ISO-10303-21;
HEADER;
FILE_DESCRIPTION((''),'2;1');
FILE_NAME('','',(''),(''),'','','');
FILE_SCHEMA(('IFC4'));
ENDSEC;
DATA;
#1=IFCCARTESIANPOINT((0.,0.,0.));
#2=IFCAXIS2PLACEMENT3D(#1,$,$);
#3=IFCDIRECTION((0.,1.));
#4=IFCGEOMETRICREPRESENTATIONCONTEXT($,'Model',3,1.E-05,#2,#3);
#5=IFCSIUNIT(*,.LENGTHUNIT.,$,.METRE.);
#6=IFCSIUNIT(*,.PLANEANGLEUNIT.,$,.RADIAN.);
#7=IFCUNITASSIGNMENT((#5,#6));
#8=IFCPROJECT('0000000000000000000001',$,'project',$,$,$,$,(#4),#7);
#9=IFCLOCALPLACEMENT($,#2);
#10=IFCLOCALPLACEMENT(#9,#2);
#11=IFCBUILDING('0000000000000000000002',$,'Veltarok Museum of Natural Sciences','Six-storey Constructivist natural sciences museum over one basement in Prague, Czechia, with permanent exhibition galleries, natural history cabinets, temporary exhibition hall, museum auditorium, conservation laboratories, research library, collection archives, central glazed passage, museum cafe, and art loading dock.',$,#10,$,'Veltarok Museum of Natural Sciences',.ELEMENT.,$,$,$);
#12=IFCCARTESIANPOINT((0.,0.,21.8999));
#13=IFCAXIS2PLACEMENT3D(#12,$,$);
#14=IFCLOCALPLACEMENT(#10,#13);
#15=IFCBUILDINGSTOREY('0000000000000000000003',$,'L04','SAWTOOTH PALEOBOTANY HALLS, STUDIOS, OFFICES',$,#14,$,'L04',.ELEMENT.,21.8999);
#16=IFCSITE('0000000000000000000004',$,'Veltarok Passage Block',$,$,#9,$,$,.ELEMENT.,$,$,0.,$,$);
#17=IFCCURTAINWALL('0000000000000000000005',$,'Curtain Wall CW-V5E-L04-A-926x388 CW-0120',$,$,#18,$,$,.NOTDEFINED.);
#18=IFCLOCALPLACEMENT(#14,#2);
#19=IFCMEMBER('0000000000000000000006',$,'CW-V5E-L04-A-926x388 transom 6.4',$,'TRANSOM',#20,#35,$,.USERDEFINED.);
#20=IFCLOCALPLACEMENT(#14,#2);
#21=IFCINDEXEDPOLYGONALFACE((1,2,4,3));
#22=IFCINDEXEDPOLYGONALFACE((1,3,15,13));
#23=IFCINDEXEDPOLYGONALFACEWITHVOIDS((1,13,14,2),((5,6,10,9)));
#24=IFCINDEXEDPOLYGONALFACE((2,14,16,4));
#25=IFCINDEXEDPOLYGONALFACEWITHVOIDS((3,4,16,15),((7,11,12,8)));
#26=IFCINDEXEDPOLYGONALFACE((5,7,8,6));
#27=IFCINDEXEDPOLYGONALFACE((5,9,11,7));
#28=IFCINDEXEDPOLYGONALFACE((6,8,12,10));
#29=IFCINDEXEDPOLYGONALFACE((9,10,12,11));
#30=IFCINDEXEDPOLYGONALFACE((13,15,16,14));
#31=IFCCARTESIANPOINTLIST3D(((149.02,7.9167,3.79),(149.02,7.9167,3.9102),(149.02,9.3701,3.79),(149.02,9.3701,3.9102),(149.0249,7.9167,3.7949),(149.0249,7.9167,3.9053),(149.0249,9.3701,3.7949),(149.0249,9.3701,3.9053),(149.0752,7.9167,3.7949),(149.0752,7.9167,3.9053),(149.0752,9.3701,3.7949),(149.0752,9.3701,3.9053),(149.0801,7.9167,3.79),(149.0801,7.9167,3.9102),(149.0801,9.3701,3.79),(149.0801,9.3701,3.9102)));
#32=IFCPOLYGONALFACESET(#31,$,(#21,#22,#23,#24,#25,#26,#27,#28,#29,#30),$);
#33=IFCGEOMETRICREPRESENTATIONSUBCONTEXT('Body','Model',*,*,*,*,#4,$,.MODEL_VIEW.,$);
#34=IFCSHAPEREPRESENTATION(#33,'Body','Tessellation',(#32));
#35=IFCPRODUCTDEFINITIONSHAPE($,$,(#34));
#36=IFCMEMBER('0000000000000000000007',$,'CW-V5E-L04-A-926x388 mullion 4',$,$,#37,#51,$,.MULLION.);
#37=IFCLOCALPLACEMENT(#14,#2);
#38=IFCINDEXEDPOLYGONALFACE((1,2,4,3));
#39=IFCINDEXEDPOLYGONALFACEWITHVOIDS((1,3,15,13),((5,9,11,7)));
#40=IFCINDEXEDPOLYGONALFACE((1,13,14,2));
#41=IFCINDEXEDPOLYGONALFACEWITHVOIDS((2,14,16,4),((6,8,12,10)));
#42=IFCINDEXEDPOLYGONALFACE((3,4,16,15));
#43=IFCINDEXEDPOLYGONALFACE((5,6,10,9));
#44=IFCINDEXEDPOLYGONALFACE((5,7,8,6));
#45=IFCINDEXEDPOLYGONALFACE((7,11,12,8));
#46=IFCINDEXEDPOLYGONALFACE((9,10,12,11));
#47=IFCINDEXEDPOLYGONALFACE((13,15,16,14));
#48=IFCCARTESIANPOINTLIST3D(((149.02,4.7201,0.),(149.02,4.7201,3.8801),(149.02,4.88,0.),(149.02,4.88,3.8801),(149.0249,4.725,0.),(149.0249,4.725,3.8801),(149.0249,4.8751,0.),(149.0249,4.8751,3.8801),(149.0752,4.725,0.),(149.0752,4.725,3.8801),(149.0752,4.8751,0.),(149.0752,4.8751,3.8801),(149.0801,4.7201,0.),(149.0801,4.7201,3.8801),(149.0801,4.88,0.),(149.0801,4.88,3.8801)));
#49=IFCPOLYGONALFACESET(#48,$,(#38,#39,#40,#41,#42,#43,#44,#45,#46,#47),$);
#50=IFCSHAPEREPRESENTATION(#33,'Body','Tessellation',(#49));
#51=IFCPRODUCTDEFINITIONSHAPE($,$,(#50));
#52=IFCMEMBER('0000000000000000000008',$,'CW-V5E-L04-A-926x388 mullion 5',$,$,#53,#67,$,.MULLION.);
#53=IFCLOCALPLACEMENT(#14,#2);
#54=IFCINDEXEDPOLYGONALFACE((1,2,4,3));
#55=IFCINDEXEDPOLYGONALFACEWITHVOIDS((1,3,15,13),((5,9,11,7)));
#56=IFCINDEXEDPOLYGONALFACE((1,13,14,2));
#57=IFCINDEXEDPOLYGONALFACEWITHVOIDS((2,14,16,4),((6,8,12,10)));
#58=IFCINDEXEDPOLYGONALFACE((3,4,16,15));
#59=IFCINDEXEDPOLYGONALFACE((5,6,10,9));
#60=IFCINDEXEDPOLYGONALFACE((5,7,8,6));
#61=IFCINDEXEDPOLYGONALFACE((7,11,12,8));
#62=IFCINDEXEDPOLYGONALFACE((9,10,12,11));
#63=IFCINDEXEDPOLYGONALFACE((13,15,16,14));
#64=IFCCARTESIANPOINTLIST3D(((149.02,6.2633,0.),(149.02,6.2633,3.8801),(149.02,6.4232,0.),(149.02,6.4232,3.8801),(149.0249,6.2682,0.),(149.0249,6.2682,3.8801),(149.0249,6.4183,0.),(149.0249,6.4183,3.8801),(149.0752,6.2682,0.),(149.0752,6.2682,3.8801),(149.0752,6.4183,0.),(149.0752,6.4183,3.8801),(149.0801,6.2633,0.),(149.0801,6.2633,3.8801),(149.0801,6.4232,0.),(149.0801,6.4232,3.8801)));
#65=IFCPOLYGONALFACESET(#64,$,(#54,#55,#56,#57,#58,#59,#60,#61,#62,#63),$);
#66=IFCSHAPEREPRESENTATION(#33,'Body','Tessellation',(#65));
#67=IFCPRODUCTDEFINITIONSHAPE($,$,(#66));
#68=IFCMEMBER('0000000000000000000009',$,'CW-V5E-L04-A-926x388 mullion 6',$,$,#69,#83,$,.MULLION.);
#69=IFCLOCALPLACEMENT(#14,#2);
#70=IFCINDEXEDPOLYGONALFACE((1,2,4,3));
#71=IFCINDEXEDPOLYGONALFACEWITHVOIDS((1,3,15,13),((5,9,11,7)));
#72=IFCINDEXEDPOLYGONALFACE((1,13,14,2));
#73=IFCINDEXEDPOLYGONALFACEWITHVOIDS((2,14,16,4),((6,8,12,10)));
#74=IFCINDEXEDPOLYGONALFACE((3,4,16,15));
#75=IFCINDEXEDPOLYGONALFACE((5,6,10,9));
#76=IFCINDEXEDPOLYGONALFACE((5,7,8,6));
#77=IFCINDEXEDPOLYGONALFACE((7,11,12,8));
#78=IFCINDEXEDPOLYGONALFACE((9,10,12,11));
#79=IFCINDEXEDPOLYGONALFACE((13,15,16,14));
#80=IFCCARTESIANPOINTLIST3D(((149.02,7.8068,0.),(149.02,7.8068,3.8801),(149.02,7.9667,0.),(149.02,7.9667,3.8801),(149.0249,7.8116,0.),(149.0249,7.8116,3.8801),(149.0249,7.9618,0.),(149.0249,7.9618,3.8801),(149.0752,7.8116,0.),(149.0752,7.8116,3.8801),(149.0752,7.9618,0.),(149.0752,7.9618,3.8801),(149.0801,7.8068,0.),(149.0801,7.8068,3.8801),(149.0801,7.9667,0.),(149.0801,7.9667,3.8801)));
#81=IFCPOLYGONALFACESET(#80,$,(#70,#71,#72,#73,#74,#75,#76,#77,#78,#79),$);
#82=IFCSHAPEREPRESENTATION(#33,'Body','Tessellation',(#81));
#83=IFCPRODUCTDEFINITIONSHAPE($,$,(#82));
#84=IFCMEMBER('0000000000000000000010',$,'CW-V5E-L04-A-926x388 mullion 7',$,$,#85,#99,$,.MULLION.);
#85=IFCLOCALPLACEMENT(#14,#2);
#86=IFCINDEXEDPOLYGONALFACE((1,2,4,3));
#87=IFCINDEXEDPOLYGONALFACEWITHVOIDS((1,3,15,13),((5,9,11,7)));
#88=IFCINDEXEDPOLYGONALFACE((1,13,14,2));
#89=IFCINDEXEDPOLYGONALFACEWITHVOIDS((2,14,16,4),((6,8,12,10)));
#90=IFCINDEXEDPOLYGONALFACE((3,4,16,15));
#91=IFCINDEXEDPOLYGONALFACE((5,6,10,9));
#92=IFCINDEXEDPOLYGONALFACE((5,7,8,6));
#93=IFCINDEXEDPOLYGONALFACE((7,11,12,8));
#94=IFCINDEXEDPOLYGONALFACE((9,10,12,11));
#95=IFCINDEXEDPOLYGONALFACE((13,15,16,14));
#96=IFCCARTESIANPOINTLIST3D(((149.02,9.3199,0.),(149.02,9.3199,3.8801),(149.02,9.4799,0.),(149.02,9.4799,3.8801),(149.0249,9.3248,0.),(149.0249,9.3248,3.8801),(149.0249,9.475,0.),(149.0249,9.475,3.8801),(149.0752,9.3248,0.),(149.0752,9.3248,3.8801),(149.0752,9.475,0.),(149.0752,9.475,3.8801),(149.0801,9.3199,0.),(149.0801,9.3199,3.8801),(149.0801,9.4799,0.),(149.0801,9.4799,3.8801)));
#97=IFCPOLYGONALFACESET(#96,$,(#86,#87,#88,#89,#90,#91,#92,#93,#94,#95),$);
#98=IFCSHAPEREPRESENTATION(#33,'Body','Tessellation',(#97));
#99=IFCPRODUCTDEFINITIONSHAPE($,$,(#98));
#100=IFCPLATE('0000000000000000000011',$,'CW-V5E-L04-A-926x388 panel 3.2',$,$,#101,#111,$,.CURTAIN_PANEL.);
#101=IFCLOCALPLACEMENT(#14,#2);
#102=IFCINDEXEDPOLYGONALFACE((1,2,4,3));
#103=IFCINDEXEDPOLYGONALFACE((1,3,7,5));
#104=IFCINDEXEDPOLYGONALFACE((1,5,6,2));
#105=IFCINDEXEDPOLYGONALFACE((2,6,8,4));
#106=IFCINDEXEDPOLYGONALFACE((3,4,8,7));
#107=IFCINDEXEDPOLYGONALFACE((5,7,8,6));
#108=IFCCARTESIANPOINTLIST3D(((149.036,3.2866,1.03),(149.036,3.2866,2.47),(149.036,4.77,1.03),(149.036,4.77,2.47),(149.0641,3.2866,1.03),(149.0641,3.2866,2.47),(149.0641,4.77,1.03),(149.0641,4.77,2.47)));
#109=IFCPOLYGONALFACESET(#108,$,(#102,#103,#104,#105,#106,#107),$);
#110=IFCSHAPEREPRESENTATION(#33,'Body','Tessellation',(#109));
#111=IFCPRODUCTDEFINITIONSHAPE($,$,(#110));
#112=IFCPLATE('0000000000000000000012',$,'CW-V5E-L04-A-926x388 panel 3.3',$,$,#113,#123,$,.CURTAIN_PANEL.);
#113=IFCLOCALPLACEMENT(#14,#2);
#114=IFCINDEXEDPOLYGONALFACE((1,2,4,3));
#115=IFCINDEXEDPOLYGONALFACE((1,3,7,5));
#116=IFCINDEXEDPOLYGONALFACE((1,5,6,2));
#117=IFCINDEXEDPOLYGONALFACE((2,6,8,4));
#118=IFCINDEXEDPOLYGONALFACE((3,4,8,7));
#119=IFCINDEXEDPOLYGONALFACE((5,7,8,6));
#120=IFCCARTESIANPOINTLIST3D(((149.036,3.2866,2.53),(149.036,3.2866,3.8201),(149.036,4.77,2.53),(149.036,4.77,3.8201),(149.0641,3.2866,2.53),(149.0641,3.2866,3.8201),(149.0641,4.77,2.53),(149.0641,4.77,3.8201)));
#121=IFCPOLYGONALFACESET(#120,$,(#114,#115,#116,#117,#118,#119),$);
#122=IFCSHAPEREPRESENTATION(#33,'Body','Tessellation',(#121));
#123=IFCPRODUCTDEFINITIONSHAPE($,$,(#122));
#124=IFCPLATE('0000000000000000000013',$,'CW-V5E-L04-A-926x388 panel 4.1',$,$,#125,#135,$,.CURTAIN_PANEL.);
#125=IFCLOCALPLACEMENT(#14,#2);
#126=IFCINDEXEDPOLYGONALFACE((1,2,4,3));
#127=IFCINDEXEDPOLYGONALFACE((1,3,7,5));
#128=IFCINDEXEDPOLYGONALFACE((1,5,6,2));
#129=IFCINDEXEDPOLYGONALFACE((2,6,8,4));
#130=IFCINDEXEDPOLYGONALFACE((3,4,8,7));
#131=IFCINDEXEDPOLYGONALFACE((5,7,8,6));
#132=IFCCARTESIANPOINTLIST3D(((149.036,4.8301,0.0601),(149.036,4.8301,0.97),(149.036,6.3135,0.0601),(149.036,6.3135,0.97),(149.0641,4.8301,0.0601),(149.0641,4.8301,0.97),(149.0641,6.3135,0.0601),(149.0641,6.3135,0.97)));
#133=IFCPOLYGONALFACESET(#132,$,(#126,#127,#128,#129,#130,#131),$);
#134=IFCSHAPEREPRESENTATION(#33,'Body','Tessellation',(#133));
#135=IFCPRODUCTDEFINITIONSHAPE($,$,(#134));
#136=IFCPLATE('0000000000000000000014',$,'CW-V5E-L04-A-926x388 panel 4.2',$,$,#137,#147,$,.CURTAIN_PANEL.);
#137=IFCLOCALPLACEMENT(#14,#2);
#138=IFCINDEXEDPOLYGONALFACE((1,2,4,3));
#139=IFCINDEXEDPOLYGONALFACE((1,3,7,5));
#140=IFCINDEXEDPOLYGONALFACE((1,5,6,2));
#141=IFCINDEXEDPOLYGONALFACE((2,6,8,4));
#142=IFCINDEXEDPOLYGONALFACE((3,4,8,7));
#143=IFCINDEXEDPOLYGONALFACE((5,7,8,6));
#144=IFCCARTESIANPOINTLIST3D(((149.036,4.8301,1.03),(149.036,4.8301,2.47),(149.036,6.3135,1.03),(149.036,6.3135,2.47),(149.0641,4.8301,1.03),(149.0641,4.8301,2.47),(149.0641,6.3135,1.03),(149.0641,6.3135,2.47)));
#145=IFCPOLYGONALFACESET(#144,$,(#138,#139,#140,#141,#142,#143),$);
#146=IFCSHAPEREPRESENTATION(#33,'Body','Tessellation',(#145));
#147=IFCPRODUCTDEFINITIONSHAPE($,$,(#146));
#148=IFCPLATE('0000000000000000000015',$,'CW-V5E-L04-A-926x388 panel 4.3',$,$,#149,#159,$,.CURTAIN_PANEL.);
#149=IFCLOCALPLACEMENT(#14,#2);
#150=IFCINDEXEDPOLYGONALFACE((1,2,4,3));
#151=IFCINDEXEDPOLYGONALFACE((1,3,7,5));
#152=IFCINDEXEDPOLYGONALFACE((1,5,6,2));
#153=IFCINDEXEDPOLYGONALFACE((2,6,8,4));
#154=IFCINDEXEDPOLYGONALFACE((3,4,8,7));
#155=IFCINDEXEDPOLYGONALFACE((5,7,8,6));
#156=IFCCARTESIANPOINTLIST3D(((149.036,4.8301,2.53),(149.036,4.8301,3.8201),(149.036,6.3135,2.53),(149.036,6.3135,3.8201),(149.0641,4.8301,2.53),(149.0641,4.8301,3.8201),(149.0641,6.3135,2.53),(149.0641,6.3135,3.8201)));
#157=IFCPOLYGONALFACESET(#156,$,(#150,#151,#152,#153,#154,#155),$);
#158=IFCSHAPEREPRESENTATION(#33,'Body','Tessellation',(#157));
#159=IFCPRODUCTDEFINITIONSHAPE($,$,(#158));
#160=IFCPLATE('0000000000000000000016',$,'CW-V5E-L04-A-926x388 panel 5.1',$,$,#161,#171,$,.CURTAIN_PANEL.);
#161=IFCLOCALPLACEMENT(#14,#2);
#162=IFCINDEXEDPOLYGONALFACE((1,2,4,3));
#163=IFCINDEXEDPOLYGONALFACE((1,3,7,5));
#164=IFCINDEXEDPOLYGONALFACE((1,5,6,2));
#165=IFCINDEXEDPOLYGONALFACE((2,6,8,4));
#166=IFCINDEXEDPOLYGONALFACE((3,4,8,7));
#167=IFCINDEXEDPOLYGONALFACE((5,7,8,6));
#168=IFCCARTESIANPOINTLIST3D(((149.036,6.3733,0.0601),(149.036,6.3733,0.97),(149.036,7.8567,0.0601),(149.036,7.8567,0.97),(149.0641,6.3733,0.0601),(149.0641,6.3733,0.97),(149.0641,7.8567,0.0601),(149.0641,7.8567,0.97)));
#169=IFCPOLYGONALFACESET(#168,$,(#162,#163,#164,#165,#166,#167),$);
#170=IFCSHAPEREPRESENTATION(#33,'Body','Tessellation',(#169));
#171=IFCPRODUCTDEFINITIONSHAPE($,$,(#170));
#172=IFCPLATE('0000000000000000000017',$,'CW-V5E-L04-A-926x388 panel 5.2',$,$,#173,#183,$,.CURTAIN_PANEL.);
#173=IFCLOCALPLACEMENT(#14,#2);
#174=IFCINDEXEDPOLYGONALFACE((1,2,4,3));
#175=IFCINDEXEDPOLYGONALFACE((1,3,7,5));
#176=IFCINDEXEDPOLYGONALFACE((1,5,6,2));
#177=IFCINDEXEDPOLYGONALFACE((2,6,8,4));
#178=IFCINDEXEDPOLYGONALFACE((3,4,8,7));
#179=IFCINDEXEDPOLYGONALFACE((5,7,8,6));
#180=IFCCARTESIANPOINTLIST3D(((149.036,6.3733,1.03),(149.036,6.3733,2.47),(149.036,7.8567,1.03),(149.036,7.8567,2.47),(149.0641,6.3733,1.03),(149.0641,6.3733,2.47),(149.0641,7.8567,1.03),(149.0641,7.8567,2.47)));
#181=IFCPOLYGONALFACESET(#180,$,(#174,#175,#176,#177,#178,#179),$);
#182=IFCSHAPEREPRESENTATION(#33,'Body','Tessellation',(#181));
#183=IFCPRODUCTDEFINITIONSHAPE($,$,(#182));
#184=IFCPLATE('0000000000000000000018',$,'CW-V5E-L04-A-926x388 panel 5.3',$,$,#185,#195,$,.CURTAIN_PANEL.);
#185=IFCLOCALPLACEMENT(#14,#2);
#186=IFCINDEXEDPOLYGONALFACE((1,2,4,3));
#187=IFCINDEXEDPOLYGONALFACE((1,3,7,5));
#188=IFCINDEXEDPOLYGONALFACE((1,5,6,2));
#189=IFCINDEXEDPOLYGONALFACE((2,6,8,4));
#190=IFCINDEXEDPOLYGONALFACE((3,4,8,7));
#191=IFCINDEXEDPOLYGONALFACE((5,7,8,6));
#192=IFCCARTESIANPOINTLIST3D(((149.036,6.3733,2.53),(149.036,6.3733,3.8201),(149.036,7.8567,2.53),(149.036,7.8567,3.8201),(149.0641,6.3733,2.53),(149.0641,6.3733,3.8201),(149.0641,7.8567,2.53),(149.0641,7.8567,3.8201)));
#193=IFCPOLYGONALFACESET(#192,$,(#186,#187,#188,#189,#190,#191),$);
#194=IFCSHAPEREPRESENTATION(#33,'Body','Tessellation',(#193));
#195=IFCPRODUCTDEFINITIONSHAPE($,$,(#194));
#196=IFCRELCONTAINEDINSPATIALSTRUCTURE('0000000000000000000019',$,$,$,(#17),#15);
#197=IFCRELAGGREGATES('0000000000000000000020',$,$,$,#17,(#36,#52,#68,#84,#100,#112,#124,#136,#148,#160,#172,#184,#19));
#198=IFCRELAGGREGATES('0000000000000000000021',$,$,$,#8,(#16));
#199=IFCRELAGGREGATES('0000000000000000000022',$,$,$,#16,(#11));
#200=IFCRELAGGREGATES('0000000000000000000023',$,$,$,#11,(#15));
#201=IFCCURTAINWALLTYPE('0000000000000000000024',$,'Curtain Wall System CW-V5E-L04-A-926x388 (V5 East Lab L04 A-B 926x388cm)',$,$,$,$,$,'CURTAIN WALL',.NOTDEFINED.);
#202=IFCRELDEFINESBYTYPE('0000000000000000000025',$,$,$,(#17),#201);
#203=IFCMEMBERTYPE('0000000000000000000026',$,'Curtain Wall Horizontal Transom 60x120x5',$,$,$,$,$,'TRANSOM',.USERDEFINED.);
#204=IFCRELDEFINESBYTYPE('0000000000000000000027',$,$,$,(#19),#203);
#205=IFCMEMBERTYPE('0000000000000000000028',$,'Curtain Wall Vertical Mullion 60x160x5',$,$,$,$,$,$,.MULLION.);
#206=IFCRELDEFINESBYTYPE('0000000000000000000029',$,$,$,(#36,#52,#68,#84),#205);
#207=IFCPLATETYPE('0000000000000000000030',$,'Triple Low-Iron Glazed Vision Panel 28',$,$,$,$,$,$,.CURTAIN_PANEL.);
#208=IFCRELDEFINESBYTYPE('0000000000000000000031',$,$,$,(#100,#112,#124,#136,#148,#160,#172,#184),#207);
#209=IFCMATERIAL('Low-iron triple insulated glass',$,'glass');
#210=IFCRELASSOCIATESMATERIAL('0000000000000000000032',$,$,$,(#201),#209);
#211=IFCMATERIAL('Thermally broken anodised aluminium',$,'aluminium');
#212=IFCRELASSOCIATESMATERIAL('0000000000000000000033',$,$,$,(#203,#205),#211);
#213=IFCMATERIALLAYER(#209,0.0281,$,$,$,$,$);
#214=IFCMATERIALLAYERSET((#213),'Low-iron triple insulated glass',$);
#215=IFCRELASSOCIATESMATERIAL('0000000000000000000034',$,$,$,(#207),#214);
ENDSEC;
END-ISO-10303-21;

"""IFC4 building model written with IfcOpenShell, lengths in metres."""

from ifc_helpers import new_model, si_unit, direction, frame, origin, origin_2d, place, context, subcontext, project, spatial, rectangle, hollow_rectangle, extrude, material, layer, layer_set, material_profile, profile_set, type_object, element, aggregate, save


model = new_model("IFC4")

# Units and contexts
model_context = context("Model", 3, precision=1e-05, world=origin(), true_north=direction((0.0, 1.0)))
body_context = subcontext(model_context, "Body", "Model", "MODEL_VIEW")
ifc_project = project(units=[si_unit("LENGTHUNIT", "METRE"), si_unit("PLANEANGLEUNIT", "RADIAN")], contexts=[model_context])

# Site, building, storey
site_placement = place(None, origin())
site = spatial("IfcSite", under=ifc_project, at=site_placement, Name="Veltarok Passage Block", CompositionType="ELEMENT", RefElevation=0.0)
building_placement = place(site_placement, origin())
building = spatial("IfcBuilding", under=site, at=building_placement, Name="Veltarok Museum of Natural Sciences", Description="Six-storey Constructivist natural sciences museum over one basement in Prague, Czechia, with permanent exhibition galleries, natural history cabinets, temporary exhibition hall, museum auditorium, conservation laboratories, research library, collection archives, central glazed passage, museum cafe, and art loading dock.", LongName="Veltarok Museum of Natural Sciences", CompositionType="ELEMENT")
storey_placement = place(building_placement, frame((0.0, 0.0, 21.8999)))
storey = spatial("IfcBuildingStorey", under=building, at=storey_placement, Name="L04", Description="SAWTOOTH PALEOBOTANY HALLS, STUDIOS, OFFICES", LongName="L04", CompositionType="ELEMENT", Elevation=21.8999)

# Curtain wall, members, plates
ifc_material_1 = material(Name="Low-iron triple insulated glass", Category="glass")
curtain_wall_type = type_object("IfcCurtainWallType", Name="Curtain Wall System CW-V5E-L04-A-926x388 (V5 East Lab L04 A-B 926x388cm)", ElementType="CURTAIN WALL", PredefinedType="NOTDEFINED", material=ifc_material_1)
curtain_wall_placement = place(storey_placement, origin())
curtain_wall = element("IfcCurtainWall", 1, at=curtain_wall_placement, inside=storey, type_object=curtain_wall_type, Name="Curtain Wall CW-V5E-L04-A-926x388 CW-0120", PredefinedType="NOTDEFINED")
ifc_material_2 = material(Name="Thermally broken anodised aluminium", Category="aluminium")
ifc_material_profile_1 = material_profile(ifc_material_2, hollow_rectangle(XDim=0.0601, YDim=0.1201, WallThickness=0.0049, at=origin_2d()), Name="CW TRANSOM 60x120x5")
ifc_profile_set_1 = profile_set([ifc_material_profile_1], Name="Thermally broken anodised aluminium")
member_type_1 = type_object("IfcMemberType", Name="Curtain Wall Horizontal Transom 60x120x5", ElementType="TRANSOM", PredefinedType="USERDEFINED", material=ifc_profile_set_1)
member_1_placement = place(storey_placement, frame((149.05, 7.9167, 3.8501), z_axis=(0.0, 1.0, 0.0), x_axis=(-1.0, 0.0, 0.0)))
member_1 = element("IfcMember", 2, at=member_1_placement, type_object=member_type_1, Name="CW-V5E-L04-A-926x388 transom 6.4", ObjectType="TRANSOM", PredefinedType="USERDEFINED", context=body_context, shape_type="SweptSolid", body=[
    extrude(hollow_rectangle(XDim=0.0601, YDim=0.1201, WallThickness=0.0049, at=origin_2d()), origin(), (0.0, 0.0, 1.0), 1.4534),
])
ifc_material_profile_2 = material_profile(ifc_material_2, hollow_rectangle(XDim=0.0601, YDim=0.1599, WallThickness=0.0049, at=origin_2d()), Name="CW MULLION 60x160x5")
ifc_profile_set_2 = profile_set([ifc_material_profile_2], Name="Thermally broken anodised aluminium")
member_type_2 = type_object("IfcMemberType", Name="Curtain Wall Vertical Mullion 60x160x5", PredefinedType="MULLION", material=ifc_profile_set_2)
member_2_placement = place(storey_placement, frame((149.05, 4.8, 0.0), z_axis=(0.0, 0.0, 1.0), x_axis=(-1.0, 0.0, 0.0)))
member_2 = element("IfcMember", 3, at=member_2_placement, type_object=member_type_2, Name="CW-V5E-L04-A-926x388 mullion 4", PredefinedType="MULLION", context=body_context, shape_type="SweptSolid", body=[
    extrude(hollow_rectangle(XDim=0.0601, YDim=0.1599, WallThickness=0.0049, at=origin_2d()), origin(), (0.0, 0.0, 1.0), 3.8801),
])
member_3_placement = place(storey_placement, frame((149.05, 6.3433, 0.0), z_axis=(0.0, 0.0, 1.0), x_axis=(-1.0, 0.0, 0.0)))
member_3 = element("IfcMember", 4, at=member_3_placement, type_object=member_type_2, Name="CW-V5E-L04-A-926x388 mullion 5", PredefinedType="MULLION", context=body_context, shape_type="SweptSolid", body=[
    extrude(hollow_rectangle(XDim=0.0601, YDim=0.1599, WallThickness=0.0049, at=origin_2d()), origin(), (0.0, 0.0, 1.0), 3.8801),
])
member_4_placement = place(storey_placement, frame((149.05, 7.8867, 0.0), z_axis=(0.0, 0.0, 1.0), x_axis=(-1.0, 0.0, 0.0)))
member_4 = element("IfcMember", 5, at=member_4_placement, type_object=member_type_2, Name="CW-V5E-L04-A-926x388 mullion 6", PredefinedType="MULLION", context=body_context, shape_type="SweptSolid", body=[
    extrude(hollow_rectangle(XDim=0.0601, YDim=0.1599, WallThickness=0.0049, at=origin_2d()), origin(), (0.0, 0.0, 1.0), 3.8801),
])
member_5_placement = place(storey_placement, frame((149.05, 9.3999, 0.0), z_axis=(0.0, 0.0, 1.0), x_axis=(-1.0, 0.0, 0.0)))
member_5 = element("IfcMember", 6, at=member_5_placement, type_object=member_type_2, Name="CW-V5E-L04-A-926x388 mullion 7", PredefinedType="MULLION", context=body_context, shape_type="SweptSolid", body=[
    extrude(hollow_rectangle(XDim=0.0601, YDim=0.1599, WallThickness=0.0049, at=origin_2d()), origin(), (0.0, 0.0, 1.0), 3.8801),
])
ifc_layer = layer(ifc_material_1, 0.0281)
ifc_layer_set = layer_set([ifc_layer], Name="Low-iron triple insulated glass")
plate_type = type_object("IfcPlateType", Name="Triple Low-Iron Glazed Vision Panel 28", PredefinedType="CURTAIN_PANEL", material=ifc_layer_set)
plate_1_placement = place(storey_placement, frame((149.05, 4.0283, 1.03), z_axis=(0.0, 0.0, 1.0), x_axis=(0.0, 1.0, 0.0)))
plate_1 = element("IfcPlate", 7, at=plate_1_placement, type_object=plate_type, Name="CW-V5E-L04-A-926x388 panel 3.2", PredefinedType="CURTAIN_PANEL", context=body_context, shape_type="SweptSolid", body=[
    extrude(rectangle(XDim=1.4834, YDim=0.0281, at=origin_2d()), origin(), (0.0, 0.0, 1.0), 1.4399),
])
plate_2_placement = place(storey_placement, frame((149.05, 4.0283, 2.53), z_axis=(0.0, 0.0, 1.0), x_axis=(0.0, 1.0, 0.0)))
plate_2 = element("IfcPlate", 8, at=plate_2_placement, type_object=plate_type, Name="CW-V5E-L04-A-926x388 panel 3.3", PredefinedType="CURTAIN_PANEL", context=body_context, shape_type="SweptSolid", body=[
    extrude(rectangle(XDim=1.4834, YDim=0.0281, at=origin_2d()), origin(), (0.0, 0.0, 1.0), 1.29),
])
plate_3_placement = place(storey_placement, frame((149.05, 5.5718, 0.0601), z_axis=(0.0, 0.0, 1.0), x_axis=(0.0, 1.0, 0.0)))
plate_3 = element("IfcPlate", 9, at=plate_3_placement, type_object=plate_type, Name="CW-V5E-L04-A-926x388 panel 4.1", PredefinedType="CURTAIN_PANEL", context=body_context, shape_type="SweptSolid", body=[
    extrude(rectangle(XDim=1.4834, YDim=0.0281, at=origin_2d()), origin(), (0.0, 0.0, 1.0), 0.9099),
])
plate_4_placement = place(storey_placement, frame((149.05, 5.5718, 1.03), z_axis=(0.0, 0.0, 1.0), x_axis=(0.0, 1.0, 0.0)))
plate_4 = element("IfcPlate", 10, at=plate_4_placement, type_object=plate_type, Name="CW-V5E-L04-A-926x388 panel 4.2", PredefinedType="CURTAIN_PANEL", context=body_context, shape_type="SweptSolid", body=[
    extrude(rectangle(XDim=1.4834, YDim=0.0281, at=origin_2d()), origin(), (0.0, 0.0, 1.0), 1.4399),
])
plate_5_placement = place(storey_placement, frame((149.05, 5.5718, 2.53), z_axis=(0.0, 0.0, 1.0), x_axis=(0.0, 1.0, 0.0)))
plate_5 = element("IfcPlate", 11, at=plate_5_placement, type_object=plate_type, Name="CW-V5E-L04-A-926x388 panel 4.3", PredefinedType="CURTAIN_PANEL", context=body_context, shape_type="SweptSolid", body=[
    extrude(rectangle(XDim=1.4834, YDim=0.0281, at=origin_2d()), origin(), (0.0, 0.0, 1.0), 1.29),
])
plate_6_placement = place(storey_placement, frame((149.05, 7.115, 0.0601), z_axis=(0.0, 0.0, 1.0), x_axis=(0.0, 1.0, 0.0)))
plate_6 = element("IfcPlate", 12, at=plate_6_placement, type_object=plate_type, Name="CW-V5E-L04-A-926x388 panel 5.1", PredefinedType="CURTAIN_PANEL", context=body_context, shape_type="SweptSolid", body=[
    extrude(rectangle(XDim=1.4834, YDim=0.0281, at=origin_2d()), origin(), (0.0, 0.0, 1.0), 0.9099),
])
plate_7_placement = place(storey_placement, frame((149.05, 7.115, 1.03), z_axis=(0.0, 0.0, 1.0), x_axis=(0.0, 1.0, 0.0)))
plate_7 = element("IfcPlate", 13, at=plate_7_placement, type_object=plate_type, Name="CW-V5E-L04-A-926x388 panel 5.2", PredefinedType="CURTAIN_PANEL", context=body_context, shape_type="SweptSolid", body=[
    extrude(rectangle(XDim=1.4834, YDim=0.0281, at=origin_2d()), origin(), (0.0, 0.0, 1.0), 1.4399),
])
plate_8_placement = place(storey_placement, frame((149.05, 7.115, 2.53), z_axis=(0.0, 0.0, 1.0), x_axis=(0.0, 1.0, 0.0)))
plate_8 = element("IfcPlate", 14, at=plate_8_placement, type_object=plate_type, Name="CW-V5E-L04-A-926x388 panel 5.3", PredefinedType="CURTAIN_PANEL", context=body_context, shape_type="SweptSolid", body=[
    extrude(rectangle(XDim=1.4834, YDim=0.0281, at=origin_2d()), origin(), (0.0, 0.0, 1.0), 1.29),
])
aggregate(curtain_wall, [member_2, member_3, member_4, member_5, plate_1, plate_2, plate_3, plate_4, plate_5, plate_6, plate_7, plate_8, member_1])

save(model, "model.ifc")
